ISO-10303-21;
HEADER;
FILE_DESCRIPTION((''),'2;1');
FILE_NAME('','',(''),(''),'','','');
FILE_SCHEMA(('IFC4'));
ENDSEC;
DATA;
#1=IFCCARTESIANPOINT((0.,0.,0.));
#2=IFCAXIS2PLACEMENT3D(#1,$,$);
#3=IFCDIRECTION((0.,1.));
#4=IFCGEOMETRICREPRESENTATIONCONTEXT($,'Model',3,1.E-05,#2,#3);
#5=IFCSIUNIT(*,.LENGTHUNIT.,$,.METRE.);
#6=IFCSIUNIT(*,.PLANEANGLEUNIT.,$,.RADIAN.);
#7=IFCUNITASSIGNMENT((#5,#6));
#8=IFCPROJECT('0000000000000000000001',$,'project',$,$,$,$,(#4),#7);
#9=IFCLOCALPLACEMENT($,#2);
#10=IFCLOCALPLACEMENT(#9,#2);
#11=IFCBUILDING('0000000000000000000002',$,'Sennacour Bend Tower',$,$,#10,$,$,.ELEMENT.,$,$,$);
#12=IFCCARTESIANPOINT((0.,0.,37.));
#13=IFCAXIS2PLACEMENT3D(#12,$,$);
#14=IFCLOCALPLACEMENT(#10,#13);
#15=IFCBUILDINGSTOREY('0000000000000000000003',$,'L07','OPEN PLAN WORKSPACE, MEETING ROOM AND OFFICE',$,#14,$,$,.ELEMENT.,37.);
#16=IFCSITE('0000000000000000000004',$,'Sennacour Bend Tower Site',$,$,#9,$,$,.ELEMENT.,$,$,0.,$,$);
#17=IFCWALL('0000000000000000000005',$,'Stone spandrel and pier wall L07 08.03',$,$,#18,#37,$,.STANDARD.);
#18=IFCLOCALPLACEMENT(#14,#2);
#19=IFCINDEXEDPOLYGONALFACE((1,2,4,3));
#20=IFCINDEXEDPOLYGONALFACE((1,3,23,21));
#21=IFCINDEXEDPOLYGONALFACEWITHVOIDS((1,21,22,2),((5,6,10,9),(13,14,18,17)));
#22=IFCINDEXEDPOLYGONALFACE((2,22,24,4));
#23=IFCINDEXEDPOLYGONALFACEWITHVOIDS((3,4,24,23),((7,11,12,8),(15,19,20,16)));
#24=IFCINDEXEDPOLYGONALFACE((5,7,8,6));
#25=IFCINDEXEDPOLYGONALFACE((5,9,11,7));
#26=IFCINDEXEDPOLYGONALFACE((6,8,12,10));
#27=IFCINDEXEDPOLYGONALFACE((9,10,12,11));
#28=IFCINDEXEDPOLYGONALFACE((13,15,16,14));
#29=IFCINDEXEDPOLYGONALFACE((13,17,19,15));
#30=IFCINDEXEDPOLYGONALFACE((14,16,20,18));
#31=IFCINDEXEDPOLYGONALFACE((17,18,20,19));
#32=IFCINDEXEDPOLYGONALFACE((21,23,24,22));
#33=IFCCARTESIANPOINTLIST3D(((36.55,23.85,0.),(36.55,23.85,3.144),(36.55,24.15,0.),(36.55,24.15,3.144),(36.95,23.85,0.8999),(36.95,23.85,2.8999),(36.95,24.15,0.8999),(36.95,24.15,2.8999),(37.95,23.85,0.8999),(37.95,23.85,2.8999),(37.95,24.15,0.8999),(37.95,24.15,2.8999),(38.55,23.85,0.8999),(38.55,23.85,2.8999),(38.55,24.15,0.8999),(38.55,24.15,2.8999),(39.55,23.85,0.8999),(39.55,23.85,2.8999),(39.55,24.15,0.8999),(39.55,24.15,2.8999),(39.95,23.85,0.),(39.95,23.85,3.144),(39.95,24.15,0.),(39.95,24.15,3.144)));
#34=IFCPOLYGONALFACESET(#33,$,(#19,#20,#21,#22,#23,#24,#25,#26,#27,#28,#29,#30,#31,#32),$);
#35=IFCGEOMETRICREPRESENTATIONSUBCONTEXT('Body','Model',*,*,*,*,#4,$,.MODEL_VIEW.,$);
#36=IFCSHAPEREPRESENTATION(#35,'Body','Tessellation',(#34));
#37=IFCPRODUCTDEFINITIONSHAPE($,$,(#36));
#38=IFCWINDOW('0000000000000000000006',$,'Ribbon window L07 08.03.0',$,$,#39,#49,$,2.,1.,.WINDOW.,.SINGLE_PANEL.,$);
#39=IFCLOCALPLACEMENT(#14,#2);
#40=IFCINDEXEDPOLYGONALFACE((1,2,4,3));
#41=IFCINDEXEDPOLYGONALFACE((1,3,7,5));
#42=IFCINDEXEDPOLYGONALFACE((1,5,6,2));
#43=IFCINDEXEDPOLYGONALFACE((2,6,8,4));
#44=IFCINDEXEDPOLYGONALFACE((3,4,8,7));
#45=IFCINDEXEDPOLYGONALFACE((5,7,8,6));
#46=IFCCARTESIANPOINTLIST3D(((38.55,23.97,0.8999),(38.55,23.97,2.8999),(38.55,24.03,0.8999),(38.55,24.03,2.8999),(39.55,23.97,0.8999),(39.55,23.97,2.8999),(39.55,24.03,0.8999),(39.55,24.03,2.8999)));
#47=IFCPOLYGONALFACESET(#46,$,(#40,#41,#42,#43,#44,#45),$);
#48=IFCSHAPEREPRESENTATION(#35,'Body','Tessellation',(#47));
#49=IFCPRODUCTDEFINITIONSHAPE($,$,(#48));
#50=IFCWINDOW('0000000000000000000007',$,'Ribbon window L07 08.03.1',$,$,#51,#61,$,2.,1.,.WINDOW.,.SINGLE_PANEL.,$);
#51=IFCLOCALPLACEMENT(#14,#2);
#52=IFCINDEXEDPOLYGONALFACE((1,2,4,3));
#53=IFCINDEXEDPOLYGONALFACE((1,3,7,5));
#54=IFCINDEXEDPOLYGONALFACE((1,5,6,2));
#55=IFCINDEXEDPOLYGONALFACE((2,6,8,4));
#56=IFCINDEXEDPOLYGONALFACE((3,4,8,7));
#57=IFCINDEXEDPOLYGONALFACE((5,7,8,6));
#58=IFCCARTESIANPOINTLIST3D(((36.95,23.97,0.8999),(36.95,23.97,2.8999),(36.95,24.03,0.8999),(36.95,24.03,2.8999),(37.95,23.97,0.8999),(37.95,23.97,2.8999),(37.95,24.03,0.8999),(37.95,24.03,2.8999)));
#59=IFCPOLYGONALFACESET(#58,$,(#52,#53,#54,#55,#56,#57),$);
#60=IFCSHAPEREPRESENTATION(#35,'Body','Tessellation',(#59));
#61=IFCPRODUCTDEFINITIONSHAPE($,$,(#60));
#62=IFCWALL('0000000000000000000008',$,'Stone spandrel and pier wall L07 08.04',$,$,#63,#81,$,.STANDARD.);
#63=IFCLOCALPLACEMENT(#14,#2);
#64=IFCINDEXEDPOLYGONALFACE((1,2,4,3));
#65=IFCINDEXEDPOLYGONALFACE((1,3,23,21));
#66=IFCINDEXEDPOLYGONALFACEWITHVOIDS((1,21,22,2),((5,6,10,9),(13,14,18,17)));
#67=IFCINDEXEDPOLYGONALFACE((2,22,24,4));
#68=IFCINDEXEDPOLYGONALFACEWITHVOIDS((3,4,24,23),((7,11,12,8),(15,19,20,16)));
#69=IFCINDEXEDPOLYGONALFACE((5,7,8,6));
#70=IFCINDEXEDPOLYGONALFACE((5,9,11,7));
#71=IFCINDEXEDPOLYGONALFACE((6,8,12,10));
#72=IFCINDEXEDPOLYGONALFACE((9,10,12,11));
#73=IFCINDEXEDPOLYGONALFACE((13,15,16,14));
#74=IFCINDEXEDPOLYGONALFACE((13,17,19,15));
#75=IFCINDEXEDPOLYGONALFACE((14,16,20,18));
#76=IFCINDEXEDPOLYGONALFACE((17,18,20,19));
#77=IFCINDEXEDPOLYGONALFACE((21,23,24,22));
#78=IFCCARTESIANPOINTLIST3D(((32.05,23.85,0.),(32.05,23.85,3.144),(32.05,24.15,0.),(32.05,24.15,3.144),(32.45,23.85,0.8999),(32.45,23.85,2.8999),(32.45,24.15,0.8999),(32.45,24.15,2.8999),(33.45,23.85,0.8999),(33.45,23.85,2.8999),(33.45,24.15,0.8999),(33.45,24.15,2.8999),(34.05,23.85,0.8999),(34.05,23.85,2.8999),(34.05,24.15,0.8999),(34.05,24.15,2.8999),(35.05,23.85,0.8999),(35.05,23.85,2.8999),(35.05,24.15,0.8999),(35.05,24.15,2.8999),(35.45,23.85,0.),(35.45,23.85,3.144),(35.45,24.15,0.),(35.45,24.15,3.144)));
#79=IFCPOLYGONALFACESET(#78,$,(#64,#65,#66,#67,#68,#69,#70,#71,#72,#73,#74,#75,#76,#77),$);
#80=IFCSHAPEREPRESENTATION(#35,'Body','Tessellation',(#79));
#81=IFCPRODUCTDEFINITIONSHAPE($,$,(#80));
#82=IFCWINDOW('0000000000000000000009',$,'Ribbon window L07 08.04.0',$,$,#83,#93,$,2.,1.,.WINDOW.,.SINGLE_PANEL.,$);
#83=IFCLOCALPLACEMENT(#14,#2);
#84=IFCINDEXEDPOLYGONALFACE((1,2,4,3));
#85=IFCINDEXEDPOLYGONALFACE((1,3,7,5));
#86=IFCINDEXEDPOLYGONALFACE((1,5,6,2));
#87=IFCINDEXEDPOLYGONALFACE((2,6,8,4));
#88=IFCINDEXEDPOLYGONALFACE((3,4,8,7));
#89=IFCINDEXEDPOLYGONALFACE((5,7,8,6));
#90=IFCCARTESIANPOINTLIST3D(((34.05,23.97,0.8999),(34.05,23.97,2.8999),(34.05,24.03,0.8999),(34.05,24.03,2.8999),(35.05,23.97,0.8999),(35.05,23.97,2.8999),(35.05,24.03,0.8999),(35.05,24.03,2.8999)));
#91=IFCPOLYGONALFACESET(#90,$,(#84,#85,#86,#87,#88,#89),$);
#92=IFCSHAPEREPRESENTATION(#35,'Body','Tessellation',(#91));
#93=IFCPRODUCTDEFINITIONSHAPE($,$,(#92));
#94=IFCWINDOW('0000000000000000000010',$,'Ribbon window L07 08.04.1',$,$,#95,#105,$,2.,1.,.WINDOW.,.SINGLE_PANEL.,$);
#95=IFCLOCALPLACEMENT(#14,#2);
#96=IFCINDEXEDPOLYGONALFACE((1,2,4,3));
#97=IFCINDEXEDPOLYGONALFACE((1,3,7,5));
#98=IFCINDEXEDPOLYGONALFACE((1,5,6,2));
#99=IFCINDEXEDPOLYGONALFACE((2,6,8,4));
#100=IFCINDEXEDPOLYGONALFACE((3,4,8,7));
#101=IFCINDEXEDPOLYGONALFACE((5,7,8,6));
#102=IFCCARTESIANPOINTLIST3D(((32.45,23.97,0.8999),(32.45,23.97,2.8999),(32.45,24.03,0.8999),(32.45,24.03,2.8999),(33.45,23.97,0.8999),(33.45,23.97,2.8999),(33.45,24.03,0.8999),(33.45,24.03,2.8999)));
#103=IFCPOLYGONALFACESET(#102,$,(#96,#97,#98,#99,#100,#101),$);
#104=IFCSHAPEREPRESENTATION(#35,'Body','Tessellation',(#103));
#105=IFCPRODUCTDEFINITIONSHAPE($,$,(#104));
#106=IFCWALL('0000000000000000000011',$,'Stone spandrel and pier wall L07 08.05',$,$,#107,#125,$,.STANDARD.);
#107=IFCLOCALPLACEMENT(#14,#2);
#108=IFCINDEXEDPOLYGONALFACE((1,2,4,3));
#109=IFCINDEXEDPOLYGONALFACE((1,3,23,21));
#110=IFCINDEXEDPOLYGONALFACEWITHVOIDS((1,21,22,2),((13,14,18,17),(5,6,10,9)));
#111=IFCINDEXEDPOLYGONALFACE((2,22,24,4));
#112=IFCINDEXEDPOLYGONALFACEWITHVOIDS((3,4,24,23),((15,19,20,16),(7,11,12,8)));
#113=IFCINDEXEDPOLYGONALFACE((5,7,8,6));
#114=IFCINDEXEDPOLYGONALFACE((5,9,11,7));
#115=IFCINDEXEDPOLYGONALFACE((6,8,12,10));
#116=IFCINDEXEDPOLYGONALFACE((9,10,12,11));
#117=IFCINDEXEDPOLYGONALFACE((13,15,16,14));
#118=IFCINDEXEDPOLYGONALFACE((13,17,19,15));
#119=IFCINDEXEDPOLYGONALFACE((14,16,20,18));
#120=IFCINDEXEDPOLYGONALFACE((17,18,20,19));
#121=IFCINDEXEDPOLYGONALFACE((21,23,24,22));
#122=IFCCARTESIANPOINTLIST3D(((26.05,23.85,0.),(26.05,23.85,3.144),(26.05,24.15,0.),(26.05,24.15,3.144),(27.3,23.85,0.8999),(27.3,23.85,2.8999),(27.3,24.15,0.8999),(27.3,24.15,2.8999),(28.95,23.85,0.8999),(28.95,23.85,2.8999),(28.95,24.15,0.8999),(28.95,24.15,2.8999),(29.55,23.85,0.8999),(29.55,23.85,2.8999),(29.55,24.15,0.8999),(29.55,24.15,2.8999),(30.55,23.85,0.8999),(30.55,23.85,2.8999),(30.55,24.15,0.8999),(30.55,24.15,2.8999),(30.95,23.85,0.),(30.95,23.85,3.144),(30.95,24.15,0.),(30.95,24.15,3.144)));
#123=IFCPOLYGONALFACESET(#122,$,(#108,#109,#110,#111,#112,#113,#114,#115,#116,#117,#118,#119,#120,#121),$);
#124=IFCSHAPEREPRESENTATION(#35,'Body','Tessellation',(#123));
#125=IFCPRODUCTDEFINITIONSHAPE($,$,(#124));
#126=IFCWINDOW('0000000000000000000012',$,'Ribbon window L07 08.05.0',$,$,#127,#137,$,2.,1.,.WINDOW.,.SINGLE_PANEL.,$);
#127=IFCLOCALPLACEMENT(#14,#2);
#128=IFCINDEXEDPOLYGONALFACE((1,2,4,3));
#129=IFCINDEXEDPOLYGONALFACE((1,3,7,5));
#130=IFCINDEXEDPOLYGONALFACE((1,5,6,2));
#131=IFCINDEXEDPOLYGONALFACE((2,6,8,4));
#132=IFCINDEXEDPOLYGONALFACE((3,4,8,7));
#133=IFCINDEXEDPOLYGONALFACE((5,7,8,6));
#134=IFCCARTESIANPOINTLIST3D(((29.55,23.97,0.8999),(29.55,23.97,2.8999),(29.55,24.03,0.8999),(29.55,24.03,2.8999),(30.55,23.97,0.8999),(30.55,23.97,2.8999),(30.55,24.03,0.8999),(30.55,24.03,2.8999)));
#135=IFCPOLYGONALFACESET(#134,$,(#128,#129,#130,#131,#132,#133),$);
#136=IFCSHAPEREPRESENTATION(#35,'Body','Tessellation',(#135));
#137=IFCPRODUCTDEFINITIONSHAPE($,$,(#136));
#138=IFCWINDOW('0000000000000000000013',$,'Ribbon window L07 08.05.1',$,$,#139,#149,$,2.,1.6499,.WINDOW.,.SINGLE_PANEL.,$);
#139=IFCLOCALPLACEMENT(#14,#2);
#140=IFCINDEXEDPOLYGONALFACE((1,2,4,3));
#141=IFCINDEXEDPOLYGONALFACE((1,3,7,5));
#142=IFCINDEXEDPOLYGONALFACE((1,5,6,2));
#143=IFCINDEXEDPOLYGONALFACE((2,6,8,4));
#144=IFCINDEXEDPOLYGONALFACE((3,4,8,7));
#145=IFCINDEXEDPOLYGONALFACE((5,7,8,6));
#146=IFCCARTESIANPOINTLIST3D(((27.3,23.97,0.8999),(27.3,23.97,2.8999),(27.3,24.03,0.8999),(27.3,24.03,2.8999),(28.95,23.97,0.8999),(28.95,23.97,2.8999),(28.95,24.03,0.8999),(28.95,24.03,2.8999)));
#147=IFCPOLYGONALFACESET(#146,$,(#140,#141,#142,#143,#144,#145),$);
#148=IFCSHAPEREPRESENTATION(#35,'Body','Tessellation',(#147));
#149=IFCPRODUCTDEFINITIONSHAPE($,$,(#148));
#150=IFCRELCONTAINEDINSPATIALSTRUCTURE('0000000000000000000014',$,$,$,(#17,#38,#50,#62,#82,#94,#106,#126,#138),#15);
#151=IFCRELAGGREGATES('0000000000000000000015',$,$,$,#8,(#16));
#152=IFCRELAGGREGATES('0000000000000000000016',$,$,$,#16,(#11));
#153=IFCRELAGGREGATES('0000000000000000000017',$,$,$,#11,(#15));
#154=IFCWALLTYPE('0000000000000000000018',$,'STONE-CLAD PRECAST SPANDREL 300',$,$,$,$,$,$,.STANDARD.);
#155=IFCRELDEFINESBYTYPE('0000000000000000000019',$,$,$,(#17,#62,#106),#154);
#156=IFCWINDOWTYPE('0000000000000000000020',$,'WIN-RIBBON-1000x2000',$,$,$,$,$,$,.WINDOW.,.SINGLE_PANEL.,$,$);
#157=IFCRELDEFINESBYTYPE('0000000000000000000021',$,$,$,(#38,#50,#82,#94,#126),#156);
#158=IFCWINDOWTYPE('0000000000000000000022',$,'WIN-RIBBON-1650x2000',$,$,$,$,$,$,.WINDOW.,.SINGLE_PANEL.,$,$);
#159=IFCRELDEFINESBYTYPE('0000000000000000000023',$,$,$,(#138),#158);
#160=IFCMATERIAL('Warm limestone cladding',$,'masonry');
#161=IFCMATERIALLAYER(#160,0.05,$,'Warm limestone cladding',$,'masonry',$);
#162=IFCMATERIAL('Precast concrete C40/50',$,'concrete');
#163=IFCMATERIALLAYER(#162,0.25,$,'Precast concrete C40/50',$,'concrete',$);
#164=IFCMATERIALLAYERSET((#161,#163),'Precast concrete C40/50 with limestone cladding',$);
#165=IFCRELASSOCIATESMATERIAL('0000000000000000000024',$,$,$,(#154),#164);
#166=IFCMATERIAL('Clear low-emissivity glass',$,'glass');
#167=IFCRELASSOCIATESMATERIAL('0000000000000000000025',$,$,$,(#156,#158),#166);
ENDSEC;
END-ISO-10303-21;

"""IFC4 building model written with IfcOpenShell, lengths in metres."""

from ifc_helpers import new_model, si_unit, direction, frame, frame_2d, origin, place, context, subcontext, project, spatial, rectangle, extrude, material, layer, layer_set, type_object, element, fill, save


model = new_model("IFC4")

# Units and contexts
model_context = context("Model", 3, precision=1e-05, world=origin(), true_north=direction((0.0, 1.0)))
body_context = subcontext(model_context, "Body", "Model", "MODEL_VIEW")
ifc_project = project(units=[si_unit("LENGTHUNIT", "METRE"), si_unit("PLANEANGLEUNIT", "RADIAN")], contexts=[model_context])

# Site, building, storey
site_placement = place(None, origin())
site = spatial("IfcSite", under=ifc_project, at=site_placement, Name="Sennacour Bend Tower Site", CompositionType="ELEMENT", RefElevation=0.0)
building_placement = place(site_placement, origin())
building = spatial("IfcBuilding", under=site, at=building_placement, Name="Sennacour Bend Tower", CompositionType="ELEMENT")
storey_placement = place(building_placement, frame((0.0, 0.0, 37.0)))
storey = spatial("IfcBuildingStorey", under=building, at=storey_placement, Name="L07", Description="OPEN PLAN WORKSPACE, MEETING ROOM AND OFFICE", CompositionType="ELEMENT", Elevation=37.0)

# Walls, openings, windows
ifc_material_1 = material(Name="Warm limestone cladding", Category="masonry")
ifc_layer_1 = layer(ifc_material_1, 0.05, Name="Warm limestone cladding", Category="masonry")
ifc_material_2 = material(Name="Precast concrete C40/50", Category="concrete")
ifc_layer_2 = layer(ifc_material_2, 0.25, Name="Precast concrete C40/50", Category="concrete")
ifc_layer_set_1 = layer_set([ifc_layer_1, ifc_layer_2], Name="Precast concrete C40/50 with limestone cladding")
wall_type_1 = type_object("IfcWallType", Name="STONE-CLAD PRECAST SPANDREL 300", PredefinedType="STANDARD", material=ifc_layer_set_1)
wall_1_placement = place(storey_placement, frame((39.95, 24.0, 0.0), z_axis=(0.0, 0.0, 1.0), x_axis=(-1.0, 0.0, 0.0)))
wall_1 = element("IfcWall", 1, at=wall_1_placement, inside=storey, type_object=wall_type_1, Name="Stone spandrel and pier wall L07 08.03", PredefinedType="STANDARD", context=body_context, shape_type="SweptSolid", body=[
    extrude(rectangle(XDim=3.3999, YDim=0.3, at=frame_2d((1.7, 0.0))), origin(), (0.0, 0.0, 1.0), 3.144),
])
opening_1_placement = place(wall_1_placement, frame((0.3999, 0.0, 0.8999)))
opening_1 = element("IfcOpeningElement", 2, at=opening_1_placement, cuts=wall_1, PredefinedType="OPENING", context=body_context, shape_type="SweptSolid", body=[
    extrude(rectangle(XDim=1.0, YDim=2.0, at=frame_2d((0.5, 1.0))), frame((0.0, 0.1602, 0.0), z_axis=(0.0, -1.0, 0.0), x_axis=(1.0, 0.0, 0.0)), (0.0, 0.0, 1.0), 0.3201),
])
opening_2_placement = place(wall_1_placement, frame((2.0, 0.0, 0.8999)))
opening_2 = element("IfcOpeningElement", 3, at=opening_2_placement, cuts=wall_1, PredefinedType="OPENING", context=body_context, shape_type="SweptSolid", body=[
    extrude(rectangle(XDim=1.0, YDim=2.0, at=frame_2d((0.5, 1.0))), frame((0.0, 0.1602, 0.0), z_axis=(0.0, -1.0, 0.0), x_axis=(1.0, 0.0, 0.0)), (0.0, 0.0, 1.0), 0.3201),
])
ifc_material_3 = material(Name="Clear low-emissivity glass", Category="glass")
window_type_1 = type_object("IfcWindowType", Name="WIN-RIBBON-1000x2000", PartitioningType="SINGLE_PANEL", PredefinedType="WINDOW", material=ifc_material_3)
window_1_placement = place(opening_1_placement, origin())
window_1 = element("IfcWindow", 4, at=window_1_placement, inside=storey, type_object=window_type_1, Name="Ribbon window L07 08.03.0", OverallHeight=2.0, OverallWidth=1.0, PartitioningType="SINGLE_PANEL", PredefinedType="WINDOW", context=body_context, shape_type="SweptSolid", body=[
    extrude(rectangle(XDim=1.0, YDim=2.0, at=frame_2d((0.5, 1.0))), frame((0.0, 0.03, 0.0), z_axis=(0.0, -1.0, 0.0), x_axis=(1.0, 0.0, 0.0)), (0.0, 0.0, 1.0), 0.0601),
])
fill(opening_1, window_1)
window_2_placement = place(opening_2_placement, origin())
window_2 = element("IfcWindow", 5, at=window_2_placement, inside=storey, type_object=window_type_1, Name="Ribbon window L07 08.03.1", OverallHeight=2.0, OverallWidth=1.0, PartitioningType="SINGLE_PANEL", PredefinedType="WINDOW", context=body_context, shape_type="SweptSolid", body=[
    extrude(rectangle(XDim=1.0, YDim=2.0, at=frame_2d((0.5, 1.0))), frame((0.0, 0.03, 0.0), z_axis=(0.0, -1.0, 0.0), x_axis=(1.0, 0.0, 0.0)), (0.0, 0.0, 1.0), 0.0601),
])
fill(opening_2, window_2)
wall_2_placement = place(storey_placement, frame((35.45, 24.0, 0.0), z_axis=(0.0, 0.0, 1.0), x_axis=(-1.0, 0.0, 0.0)))
wall_2 = element("IfcWall", 6, at=wall_2_placement, inside=storey, type_object=wall_type_1, Name="Stone spandrel and pier wall L07 08.04", PredefinedType="STANDARD", context=body_context, shape_type="SweptSolid", body=[
    extrude(rectangle(XDim=3.3999, YDim=0.3, at=frame_2d((1.7, 0.0))), origin(), (0.0, 0.0, 1.0), 3.144),
])
opening_3_placement = place(wall_2_placement, frame((0.3999, 0.0, 0.8999)))
opening_3 = element("IfcOpeningElement", 7, at=opening_3_placement, cuts=wall_2, PredefinedType="OPENING", context=body_context, shape_type="SweptSolid", body=[
    extrude(rectangle(XDim=1.0, YDim=2.0, at=frame_2d((0.5, 1.0))), frame((0.0, 0.1602, 0.0), z_axis=(0.0, -1.0, 0.0), x_axis=(1.0, 0.0, 0.0)), (0.0, 0.0, 1.0), 0.3201),
])
opening_4_placement = place(wall_2_placement, frame((2.0, 0.0, 0.8999)))
opening_4 = element("IfcOpeningElement", 8, at=opening_4_placement, cuts=wall_2, PredefinedType="OPENING", context=body_context, shape_type="SweptSolid", body=[
    extrude(rectangle(XDim=1.0, YDim=2.0, at=frame_2d((0.5, 1.0))), frame((0.0, 0.1602, 0.0), z_axis=(0.0, -1.0, 0.0), x_axis=(1.0, 0.0, 0.0)), (0.0, 0.0, 1.0), 0.3201),
])
window_3_placement = place(opening_3_placement, origin())
window_3 = element("IfcWindow", 9, at=window_3_placement, inside=storey, type_object=window_type_1, Name="Ribbon window L07 08.04.0", OverallHeight=2.0, OverallWidth=1.0, PartitioningType="SINGLE_PANEL", PredefinedType="WINDOW", context=body_context, shape_type="SweptSolid", body=[
    extrude(rectangle(XDim=1.0, YDim=2.0, at=frame_2d((0.5, 1.0))), frame((0.0, 0.03, 0.0), z_axis=(0.0, -1.0, 0.0), x_axis=(1.0, 0.0, 0.0)), (0.0, 0.0, 1.0), 0.0601),
])
fill(opening_3, window_3)
window_4_placement = place(opening_4_placement, origin())
window_4 = element("IfcWindow", 10, at=window_4_placement, inside=storey, type_object=window_type_1, Name="Ribbon window L07 08.04.1", OverallHeight=2.0, OverallWidth=1.0, PartitioningType="SINGLE_PANEL", PredefinedType="WINDOW", context=body_context, shape_type="SweptSolid", body=[
    extrude(rectangle(XDim=1.0, YDim=2.0, at=frame_2d((0.5, 1.0))), frame((0.0, 0.03, 0.0), z_axis=(0.0, -1.0, 0.0), x_axis=(1.0, 0.0, 0.0)), (0.0, 0.0, 1.0), 0.0601),
])
fill(opening_4, window_4)
wall_3_placement = place(storey_placement, frame((30.95, 24.0, 0.0), z_axis=(0.0, 0.0, 1.0), x_axis=(-1.0, 0.0, 0.0)))
wall_3 = element("IfcWall", 11, at=wall_3_placement, inside=storey, type_object=wall_type_1, Name="Stone spandrel and pier wall L07 08.05", PredefinedType="STANDARD", context=body_context, shape_type="SweptSolid", body=[
    extrude(rectangle(XDim=4.8999, YDim=0.3, at=frame_2d((2.45, 0.0))), origin(), (0.0, 0.0, 1.0), 3.144),
])
opening_5_placement = place(wall_3_placement, frame((0.3999, 0.0, 0.8999)))
opening_5 = element("IfcOpeningElement", 12, at=opening_5_placement, cuts=wall_3, PredefinedType="OPENING", context=body_context, shape_type="SweptSolid", body=[
    extrude(rectangle(XDim=1.0, YDim=2.0, at=frame_2d((0.5, 1.0))), frame((0.0, 0.1602, 0.0), z_axis=(0.0, -1.0, 0.0), x_axis=(1.0, 0.0, 0.0)), (0.0, 0.0, 1.0), 0.3201),
])
opening_6_placement = place(wall_3_placement, frame((2.0, 0.0, 0.8999)))
opening_6 = element("IfcOpeningElement", 13, at=opening_6_placement, cuts=wall_3, PredefinedType="OPENING", context=body_context, shape_type="SweptSolid", body=[
    extrude(rectangle(XDim=1.6499, YDim=2.0, at=frame_2d((0.825, 1.0))), frame((0.0, 0.1602, 0.0), z_axis=(0.0, -1.0, 0.0), x_axis=(1.0, 0.0, 0.0)), (0.0, 0.0, 1.0), 0.3201),
])
window_5_placement = place(opening_5_placement, origin())
window_5 = element("IfcWindow", 14, at=window_5_placement, inside=storey, type_object=window_type_1, Name="Ribbon window L07 08.05.0", OverallHeight=2.0, OverallWidth=1.0, PartitioningType="SINGLE_PANEL", PredefinedType="WINDOW", context=body_context, shape_type="SweptSolid", body=[
    extrude(rectangle(XDim=1.0, YDim=2.0, at=frame_2d((0.5, 1.0))), frame((0.0, 0.03, 0.0), z_axis=(0.0, -1.0, 0.0), x_axis=(1.0, 0.0, 0.0)), (0.0, 0.0, 1.0), 0.0601),
])
fill(opening_5, window_5)
window_type_2 = type_object("IfcWindowType", Name="WIN-RIBBON-1650x2000", PartitioningType="SINGLE_PANEL", PredefinedType="WINDOW", material=ifc_material_3)
window_6_placement = place(opening_6_placement, origin())
window_6 = element("IfcWindow", 15, at=window_6_placement, inside=storey, type_object=window_type_2, Name="Ribbon window L07 08.05.1", OverallHeight=2.0, OverallWidth=1.6499, PartitioningType="SINGLE_PANEL", PredefinedType="WINDOW", context=body_context, shape_type="SweptSolid", body=[
    extrude(rectangle(XDim=1.6499, YDim=2.0, at=frame_2d((0.825, 1.0))), frame((0.0, 0.03, 0.0), z_axis=(0.0, -1.0, 0.0), x_axis=(1.0, 0.0, 0.0)), (0.0, 0.0, 1.0), 0.0601),
])
fill(opening_6, window_6)

save(model, "model.ifc")
